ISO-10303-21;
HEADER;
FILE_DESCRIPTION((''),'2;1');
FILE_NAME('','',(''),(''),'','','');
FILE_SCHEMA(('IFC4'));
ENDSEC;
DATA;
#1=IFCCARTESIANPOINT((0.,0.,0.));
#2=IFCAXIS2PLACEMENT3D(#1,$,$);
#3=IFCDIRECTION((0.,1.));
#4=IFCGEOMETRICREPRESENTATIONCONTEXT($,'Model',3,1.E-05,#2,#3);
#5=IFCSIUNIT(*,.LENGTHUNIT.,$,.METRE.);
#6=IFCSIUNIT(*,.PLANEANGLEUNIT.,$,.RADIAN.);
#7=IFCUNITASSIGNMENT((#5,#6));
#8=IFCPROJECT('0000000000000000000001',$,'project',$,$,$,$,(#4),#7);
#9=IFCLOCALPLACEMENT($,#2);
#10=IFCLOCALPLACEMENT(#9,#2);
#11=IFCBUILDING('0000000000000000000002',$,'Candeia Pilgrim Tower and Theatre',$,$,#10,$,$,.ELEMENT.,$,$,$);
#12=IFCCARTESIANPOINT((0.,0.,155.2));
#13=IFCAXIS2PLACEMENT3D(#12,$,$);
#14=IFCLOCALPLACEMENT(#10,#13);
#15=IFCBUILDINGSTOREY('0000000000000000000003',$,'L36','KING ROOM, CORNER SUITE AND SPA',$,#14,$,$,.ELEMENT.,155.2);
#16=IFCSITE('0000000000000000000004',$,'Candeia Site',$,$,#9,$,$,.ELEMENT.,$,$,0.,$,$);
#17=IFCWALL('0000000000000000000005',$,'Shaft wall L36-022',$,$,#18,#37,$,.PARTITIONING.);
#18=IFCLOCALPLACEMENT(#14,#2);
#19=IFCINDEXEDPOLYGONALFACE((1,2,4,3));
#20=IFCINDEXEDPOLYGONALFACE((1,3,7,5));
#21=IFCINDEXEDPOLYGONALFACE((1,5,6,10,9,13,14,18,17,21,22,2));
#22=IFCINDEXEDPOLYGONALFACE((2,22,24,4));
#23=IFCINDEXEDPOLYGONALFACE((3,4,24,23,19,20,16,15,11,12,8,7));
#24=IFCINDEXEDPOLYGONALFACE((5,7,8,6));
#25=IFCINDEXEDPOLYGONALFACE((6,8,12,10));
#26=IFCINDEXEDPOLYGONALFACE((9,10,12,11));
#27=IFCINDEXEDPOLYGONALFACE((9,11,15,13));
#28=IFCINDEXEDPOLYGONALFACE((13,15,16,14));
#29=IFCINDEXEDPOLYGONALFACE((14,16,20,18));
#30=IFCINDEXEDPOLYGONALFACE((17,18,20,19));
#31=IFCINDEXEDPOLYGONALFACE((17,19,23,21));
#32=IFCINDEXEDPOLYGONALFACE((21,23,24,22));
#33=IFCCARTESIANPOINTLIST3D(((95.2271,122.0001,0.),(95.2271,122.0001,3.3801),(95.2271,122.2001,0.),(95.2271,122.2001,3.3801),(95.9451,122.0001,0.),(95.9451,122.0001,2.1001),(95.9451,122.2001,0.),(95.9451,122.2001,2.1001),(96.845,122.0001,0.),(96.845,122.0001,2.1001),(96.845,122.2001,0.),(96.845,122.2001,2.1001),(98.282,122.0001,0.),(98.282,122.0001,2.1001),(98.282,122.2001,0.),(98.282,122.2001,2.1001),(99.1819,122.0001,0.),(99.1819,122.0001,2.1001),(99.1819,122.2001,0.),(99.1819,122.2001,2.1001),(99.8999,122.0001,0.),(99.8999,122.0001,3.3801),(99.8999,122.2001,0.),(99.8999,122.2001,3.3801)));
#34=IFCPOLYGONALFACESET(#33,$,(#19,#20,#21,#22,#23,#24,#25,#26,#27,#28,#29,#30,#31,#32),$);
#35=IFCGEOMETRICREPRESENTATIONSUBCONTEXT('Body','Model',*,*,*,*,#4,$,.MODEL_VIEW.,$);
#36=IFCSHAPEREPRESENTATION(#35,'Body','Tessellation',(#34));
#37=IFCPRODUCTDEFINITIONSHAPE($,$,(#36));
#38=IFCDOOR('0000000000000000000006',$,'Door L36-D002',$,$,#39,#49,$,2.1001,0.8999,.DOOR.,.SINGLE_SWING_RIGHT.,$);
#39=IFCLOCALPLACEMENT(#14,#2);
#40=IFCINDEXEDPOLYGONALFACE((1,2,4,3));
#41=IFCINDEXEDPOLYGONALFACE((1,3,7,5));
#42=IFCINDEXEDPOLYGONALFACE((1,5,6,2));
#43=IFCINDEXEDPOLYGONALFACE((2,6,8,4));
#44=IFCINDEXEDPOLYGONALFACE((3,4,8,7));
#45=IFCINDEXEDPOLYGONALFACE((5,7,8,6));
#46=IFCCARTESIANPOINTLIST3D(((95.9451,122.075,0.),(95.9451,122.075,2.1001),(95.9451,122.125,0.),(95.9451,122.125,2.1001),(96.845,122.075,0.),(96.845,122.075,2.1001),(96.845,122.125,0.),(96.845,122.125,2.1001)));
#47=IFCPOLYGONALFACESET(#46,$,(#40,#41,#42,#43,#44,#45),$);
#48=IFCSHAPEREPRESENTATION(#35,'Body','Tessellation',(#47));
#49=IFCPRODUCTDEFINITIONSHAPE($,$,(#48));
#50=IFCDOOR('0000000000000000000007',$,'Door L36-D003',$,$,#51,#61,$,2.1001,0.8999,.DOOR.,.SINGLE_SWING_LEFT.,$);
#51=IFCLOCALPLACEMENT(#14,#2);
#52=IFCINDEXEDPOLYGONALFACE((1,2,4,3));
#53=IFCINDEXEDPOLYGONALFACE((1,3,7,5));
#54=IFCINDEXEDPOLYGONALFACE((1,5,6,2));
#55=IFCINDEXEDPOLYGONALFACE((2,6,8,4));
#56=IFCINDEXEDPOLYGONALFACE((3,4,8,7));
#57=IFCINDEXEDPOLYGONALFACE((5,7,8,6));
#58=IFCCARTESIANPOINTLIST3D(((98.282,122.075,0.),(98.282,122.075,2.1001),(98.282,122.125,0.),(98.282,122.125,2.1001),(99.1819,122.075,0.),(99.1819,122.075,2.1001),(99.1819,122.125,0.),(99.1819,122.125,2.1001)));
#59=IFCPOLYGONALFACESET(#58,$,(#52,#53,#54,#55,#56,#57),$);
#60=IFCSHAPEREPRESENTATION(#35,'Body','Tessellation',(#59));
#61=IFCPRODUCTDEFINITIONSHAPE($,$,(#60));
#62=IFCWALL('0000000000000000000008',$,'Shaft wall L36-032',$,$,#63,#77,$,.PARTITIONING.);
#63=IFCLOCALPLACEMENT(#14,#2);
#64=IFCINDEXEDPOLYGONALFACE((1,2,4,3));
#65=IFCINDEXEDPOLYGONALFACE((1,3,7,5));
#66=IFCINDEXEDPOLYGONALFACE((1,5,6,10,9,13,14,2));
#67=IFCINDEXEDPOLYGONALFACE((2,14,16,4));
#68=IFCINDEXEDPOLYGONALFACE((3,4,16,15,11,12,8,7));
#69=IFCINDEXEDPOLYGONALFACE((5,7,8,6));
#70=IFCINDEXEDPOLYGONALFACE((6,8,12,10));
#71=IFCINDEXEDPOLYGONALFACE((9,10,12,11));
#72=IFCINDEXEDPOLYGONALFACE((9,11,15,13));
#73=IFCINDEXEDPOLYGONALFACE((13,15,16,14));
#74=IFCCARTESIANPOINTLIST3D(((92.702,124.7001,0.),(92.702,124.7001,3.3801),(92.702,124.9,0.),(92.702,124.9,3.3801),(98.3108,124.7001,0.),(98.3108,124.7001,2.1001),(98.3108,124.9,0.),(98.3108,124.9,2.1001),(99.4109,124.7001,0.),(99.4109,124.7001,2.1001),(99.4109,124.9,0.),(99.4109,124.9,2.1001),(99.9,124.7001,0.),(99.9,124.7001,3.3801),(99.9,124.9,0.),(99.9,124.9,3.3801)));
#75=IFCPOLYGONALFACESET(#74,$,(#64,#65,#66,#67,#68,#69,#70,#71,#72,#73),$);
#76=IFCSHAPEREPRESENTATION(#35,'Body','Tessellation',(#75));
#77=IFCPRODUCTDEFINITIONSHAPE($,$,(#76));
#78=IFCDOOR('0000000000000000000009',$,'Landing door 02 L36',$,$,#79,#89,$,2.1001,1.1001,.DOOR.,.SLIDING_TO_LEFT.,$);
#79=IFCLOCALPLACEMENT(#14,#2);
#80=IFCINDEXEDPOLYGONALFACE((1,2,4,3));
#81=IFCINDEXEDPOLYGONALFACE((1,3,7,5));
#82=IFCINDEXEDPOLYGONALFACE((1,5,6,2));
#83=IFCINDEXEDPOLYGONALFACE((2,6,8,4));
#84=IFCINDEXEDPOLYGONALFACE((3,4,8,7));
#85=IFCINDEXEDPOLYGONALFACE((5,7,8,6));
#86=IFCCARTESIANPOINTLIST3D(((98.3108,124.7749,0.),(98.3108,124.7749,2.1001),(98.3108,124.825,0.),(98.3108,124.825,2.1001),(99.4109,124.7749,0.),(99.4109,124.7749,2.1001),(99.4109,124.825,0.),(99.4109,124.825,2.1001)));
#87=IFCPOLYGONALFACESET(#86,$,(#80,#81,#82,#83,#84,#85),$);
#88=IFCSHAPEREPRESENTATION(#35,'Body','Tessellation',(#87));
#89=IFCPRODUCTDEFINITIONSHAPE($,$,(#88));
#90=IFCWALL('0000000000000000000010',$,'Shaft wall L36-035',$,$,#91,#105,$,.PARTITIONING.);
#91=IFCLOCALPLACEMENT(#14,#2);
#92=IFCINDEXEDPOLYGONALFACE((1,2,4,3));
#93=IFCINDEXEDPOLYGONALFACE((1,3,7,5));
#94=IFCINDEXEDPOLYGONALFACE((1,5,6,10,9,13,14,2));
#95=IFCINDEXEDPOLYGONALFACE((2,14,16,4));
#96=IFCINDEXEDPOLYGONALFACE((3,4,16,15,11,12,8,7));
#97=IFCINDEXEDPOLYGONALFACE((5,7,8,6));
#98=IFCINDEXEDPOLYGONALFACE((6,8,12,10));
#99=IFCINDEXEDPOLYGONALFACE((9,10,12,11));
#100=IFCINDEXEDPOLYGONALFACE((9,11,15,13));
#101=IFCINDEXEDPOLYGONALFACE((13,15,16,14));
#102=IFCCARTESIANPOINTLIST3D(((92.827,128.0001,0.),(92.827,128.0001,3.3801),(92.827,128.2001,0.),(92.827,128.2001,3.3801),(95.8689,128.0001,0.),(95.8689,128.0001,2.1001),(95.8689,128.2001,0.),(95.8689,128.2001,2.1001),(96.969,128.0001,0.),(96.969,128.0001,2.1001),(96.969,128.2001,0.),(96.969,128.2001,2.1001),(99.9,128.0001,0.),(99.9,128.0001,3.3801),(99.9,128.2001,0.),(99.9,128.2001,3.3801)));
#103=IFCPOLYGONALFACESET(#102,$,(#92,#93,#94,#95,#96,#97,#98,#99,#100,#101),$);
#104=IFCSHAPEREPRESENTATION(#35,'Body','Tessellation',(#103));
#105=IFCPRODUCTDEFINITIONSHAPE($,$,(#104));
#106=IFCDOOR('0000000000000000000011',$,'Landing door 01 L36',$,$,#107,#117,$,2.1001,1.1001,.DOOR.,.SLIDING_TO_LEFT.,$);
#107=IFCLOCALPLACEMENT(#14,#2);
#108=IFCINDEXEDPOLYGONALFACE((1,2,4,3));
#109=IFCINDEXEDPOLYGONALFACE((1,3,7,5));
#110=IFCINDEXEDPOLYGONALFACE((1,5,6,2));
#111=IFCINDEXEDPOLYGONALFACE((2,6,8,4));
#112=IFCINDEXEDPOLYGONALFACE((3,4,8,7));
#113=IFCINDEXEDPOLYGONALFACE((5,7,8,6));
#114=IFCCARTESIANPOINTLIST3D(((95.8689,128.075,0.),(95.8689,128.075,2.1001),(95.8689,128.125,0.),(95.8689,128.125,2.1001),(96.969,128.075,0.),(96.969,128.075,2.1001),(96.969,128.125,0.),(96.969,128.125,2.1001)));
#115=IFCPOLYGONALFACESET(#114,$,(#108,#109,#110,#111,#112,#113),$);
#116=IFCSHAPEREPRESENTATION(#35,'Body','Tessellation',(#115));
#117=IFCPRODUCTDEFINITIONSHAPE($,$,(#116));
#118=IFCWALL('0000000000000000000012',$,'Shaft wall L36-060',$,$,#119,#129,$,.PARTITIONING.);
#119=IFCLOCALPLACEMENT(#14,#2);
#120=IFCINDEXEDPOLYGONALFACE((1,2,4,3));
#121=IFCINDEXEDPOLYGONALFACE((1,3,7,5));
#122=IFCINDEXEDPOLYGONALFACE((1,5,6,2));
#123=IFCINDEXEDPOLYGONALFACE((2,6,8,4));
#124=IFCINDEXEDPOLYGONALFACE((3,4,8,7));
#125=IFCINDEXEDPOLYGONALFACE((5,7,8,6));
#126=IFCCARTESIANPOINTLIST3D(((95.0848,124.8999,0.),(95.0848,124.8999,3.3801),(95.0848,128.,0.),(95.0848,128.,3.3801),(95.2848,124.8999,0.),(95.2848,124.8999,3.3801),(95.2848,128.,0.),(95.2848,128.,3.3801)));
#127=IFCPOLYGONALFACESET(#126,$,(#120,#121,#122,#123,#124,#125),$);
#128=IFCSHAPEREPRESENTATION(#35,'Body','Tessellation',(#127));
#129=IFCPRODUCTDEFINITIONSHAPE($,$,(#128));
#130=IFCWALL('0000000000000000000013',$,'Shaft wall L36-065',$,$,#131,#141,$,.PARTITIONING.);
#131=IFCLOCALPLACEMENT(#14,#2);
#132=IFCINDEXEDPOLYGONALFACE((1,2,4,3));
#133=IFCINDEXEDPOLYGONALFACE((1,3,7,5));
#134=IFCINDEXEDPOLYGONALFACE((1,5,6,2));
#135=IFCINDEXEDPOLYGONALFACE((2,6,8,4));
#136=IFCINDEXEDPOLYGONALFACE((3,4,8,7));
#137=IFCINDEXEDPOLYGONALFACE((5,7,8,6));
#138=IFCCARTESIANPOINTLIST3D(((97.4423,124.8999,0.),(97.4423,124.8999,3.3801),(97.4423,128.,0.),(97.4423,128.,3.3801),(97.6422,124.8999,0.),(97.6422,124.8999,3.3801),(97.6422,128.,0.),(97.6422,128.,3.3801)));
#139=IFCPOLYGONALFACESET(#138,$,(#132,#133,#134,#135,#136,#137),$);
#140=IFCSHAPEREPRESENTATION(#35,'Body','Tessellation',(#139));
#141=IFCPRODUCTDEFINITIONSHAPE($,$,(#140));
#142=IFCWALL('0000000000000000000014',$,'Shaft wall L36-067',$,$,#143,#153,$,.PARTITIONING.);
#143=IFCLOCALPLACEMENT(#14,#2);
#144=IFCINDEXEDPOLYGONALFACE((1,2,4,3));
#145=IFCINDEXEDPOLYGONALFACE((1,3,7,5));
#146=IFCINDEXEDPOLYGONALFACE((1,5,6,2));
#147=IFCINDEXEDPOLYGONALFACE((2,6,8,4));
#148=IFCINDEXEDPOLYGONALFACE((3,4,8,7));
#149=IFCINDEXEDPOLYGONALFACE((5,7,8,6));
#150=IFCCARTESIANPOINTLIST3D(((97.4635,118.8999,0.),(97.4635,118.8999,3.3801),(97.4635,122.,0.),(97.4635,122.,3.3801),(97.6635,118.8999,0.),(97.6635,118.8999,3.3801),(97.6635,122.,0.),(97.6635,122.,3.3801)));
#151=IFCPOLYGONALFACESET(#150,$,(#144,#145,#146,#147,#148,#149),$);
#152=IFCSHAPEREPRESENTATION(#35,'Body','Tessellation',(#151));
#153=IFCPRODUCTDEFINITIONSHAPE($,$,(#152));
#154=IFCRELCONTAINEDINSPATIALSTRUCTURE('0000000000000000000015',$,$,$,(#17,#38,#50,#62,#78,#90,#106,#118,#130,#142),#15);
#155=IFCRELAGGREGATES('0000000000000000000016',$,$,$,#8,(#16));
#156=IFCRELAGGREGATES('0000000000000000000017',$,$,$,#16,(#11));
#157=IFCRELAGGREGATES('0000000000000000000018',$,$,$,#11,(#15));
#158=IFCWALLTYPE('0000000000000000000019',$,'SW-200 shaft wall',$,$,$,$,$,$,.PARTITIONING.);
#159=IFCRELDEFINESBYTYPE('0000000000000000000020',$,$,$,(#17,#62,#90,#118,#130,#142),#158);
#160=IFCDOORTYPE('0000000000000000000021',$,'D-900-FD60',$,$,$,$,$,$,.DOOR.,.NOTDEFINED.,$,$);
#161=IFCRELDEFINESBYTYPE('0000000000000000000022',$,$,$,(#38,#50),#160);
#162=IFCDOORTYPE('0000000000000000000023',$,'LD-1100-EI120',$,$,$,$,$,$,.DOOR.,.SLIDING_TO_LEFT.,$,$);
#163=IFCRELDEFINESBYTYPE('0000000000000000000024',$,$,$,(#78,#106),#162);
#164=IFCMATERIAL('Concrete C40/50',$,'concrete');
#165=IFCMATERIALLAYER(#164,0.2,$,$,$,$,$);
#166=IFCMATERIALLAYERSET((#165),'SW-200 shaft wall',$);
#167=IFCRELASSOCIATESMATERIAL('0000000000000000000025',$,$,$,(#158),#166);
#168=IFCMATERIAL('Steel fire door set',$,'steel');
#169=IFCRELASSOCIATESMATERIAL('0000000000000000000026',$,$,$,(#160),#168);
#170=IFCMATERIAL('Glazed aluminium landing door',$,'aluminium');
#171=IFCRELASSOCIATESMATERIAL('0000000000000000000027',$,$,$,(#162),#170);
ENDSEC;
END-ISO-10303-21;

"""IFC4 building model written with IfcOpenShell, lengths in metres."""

from ifc_helpers import new_model, si_unit, direction, frame, frame_2d, origin, place, context, subcontext, project, spatial, rectangle, extrude, material, layer, layer_set, type_object, element, fill, save


model = new_model("IFC4")

# Units and contexts
model_context = context("Model", 3, precision=1e-05, world=origin(), true_north=direction((0.0, 1.0)))
body_context = subcontext(model_context, "Body", "Model", "MODEL_VIEW")
ifc_project = project(units=[si_unit("LENGTHUNIT", "METRE"), si_unit("PLANEANGLEUNIT", "RADIAN")], contexts=[model_context])

# Site, building, storey
site_placement = place(None, origin())
site = spatial("IfcSite", under=ifc_project, at=site_placement, Name="Candeia Site", CompositionType="ELEMENT", RefElevation=0.0)
building_placement = place(site_placement, origin())
building = spatial("IfcBuilding", under=site, at=building_placement, Name="Candeia Pilgrim Tower and Theatre", CompositionType="ELEMENT")
storey_placement = place(building_placement, frame((0.0, 0.0, 155.2)))
storey = spatial("IfcBuildingStorey", under=building, at=storey_placement, Name="L36", Description="KING ROOM, CORNER SUITE AND SPA", CompositionType="ELEMENT", Elevation=155.2)

# Shared definitions
ifc_material_1 = material(Name="Steel fire door set", Category="steel")

# Shared definitions
ifc_material_2 = material(Name="Concrete C40/50", Category="concrete")
ifc_layer_1 = layer(ifc_material_2, 0.2)
ifc_layer_set_1 = layer_set([ifc_layer_1], Name="SW-200 shaft wall")
wall_type_1 = type_object("IfcWallType", Name="SW-200 shaft wall", PredefinedType="PARTITIONING", material=ifc_layer_set_1)

# Wall, openings, doors
wall_1_placement = place(storey_placement, frame((95.2271, 122.1001, 0.0), z_axis=(0.0, 0.0, 1.0), x_axis=(1.0, 0.0, 0.0)))
wall_1 = element("IfcWall", 1, at=wall_1_placement, inside=storey, type_object=wall_type_1, Name="Shaft wall L36-022", PredefinedType="PARTITIONING", context=body_context, shape_type="SweptSolid", body=[
    extrude(rectangle(XDim=4.6729, YDim=0.2, at=frame_2d((2.3364, 0.0))), origin(), (0.0, 0.0, 1.0), 3.3801),
])
opening_1_placement = place(wall_1_placement, frame((0.718, 0.0, 0.0)))
opening_1 = element("IfcOpeningElement", 2, at=opening_1_placement, cuts=wall_1, PredefinedType="OPENING", context=body_context, shape_type="SweptSolid", body=[
    extrude(rectangle(XDim=0.8999, YDim=2.1001, at=frame_2d((0.45, 1.05))), frame((0.0, 0.1099, 0.0), z_axis=(0.0, -1.0, 0.0), x_axis=(1.0, 0.0, 0.0)), (0.0, 0.0, 1.0), 0.22),
])
opening_2_placement = place(wall_1_placement, frame((3.0549, 0.0, 0.0)))
opening_2 = element("IfcOpeningElement", 3, at=opening_2_placement, cuts=wall_1, PredefinedType="OPENING", context=body_context, shape_type="SweptSolid", body=[
    extrude(rectangle(XDim=0.8999, YDim=2.1001, at=frame_2d((0.45, 1.05))), frame((0.0, 0.1099, 0.0), z_axis=(0.0, -1.0, 0.0), x_axis=(1.0, 0.0, 0.0)), (0.0, 0.0, 1.0), 0.22),
])
door_type_1 = type_object("IfcDoorType", Name="D-900-FD60", OperationType="NOTDEFINED", PredefinedType="DOOR", material=ifc_material_1)
door_1_placement = place(opening_1_placement, origin())
door_1 = element("IfcDoor", 4, at=door_1_placement, inside=storey, type_object=door_type_1, Name="Door L36-D002", OperationType="SINGLE_SWING_RIGHT", OverallHeight=2.1001, OverallWidth=0.8999, PredefinedType="DOOR", context=body_context, shape_type="SweptSolid", body=[
    extrude(rectangle(XDim=0.8999, YDim=2.1001, at=frame_2d((0.45, 1.05))), frame((0.0, 0.0249, 0.0), z_axis=(0.0, -1.0, 0.0), x_axis=(1.0, 0.0, 0.0)), (0.0, 0.0, 1.0), 0.05),
])
fill(opening_1, door_1)
door_2_placement = place(opening_2_placement, origin())
door_2 = element("IfcDoor", 5, at=door_2_placement, inside=storey, type_object=door_type_1, Name="Door L36-D003", OperationType="SINGLE_SWING_LEFT", OverallHeight=2.1001, OverallWidth=0.8999, PredefinedType="DOOR", context=body_context, shape_type="SweptSolid", body=[
    extrude(rectangle(XDim=0.8999, YDim=2.1001, at=frame_2d((0.45, 1.05))), frame((0.0, 0.0249, 0.0), z_axis=(0.0, -1.0, 0.0), x_axis=(1.0, 0.0, 0.0)), (0.0, 0.0, 1.0), 0.05),
])
fill(opening_2, door_2)

# Walls, openings, doors
wall_2_placement = place(storey_placement, frame((92.7019, 124.8, 0.0), z_axis=(0.0, 0.0, 1.0), x_axis=(1.0, 0.0, 0.0)))
wall_2 = element("IfcWall", 6, at=wall_2_placement, inside=storey, type_object=wall_type_1, Name="Shaft wall L36-032", PredefinedType="PARTITIONING", context=body_context, shape_type="SweptSolid", body=[
    extrude(rectangle(XDim=7.198, YDim=0.2, at=frame_2d((3.5991, 0.0))), origin(), (0.0, 0.0, 1.0), 3.3801),
])
opening_3_placement = place(wall_2_placement, frame((5.6089, 0.0, 0.0)))
opening_3 = element("IfcOpeningElement", 7, at=opening_3_placement, cuts=wall_2, PredefinedType="OPENING", context=body_context, shape_type="SweptSolid", body=[
    extrude(rectangle(XDim=1.1001, YDim=2.1001, at=frame_2d((0.55, 1.05))), frame((0.0, 0.1099, 0.0), z_axis=(0.0, -1.0, 0.0), x_axis=(1.0, 0.0, 0.0)), (0.0, 0.0, 1.0), 0.22),
])
ifc_material_3 = material(Name="Glazed aluminium landing door", Category="aluminium")
door_type_2 = type_object("IfcDoorType", Name="LD-1100-EI120", OperationType="SLIDING_TO_LEFT", PredefinedType="DOOR", material=ifc_material_3)
door_3_placement = place(opening_3_placement, origin())
door_3 = element("IfcDoor", 8, at=door_3_placement, inside=storey, type_object=door_type_2, Name="Landing door 02 L36", OperationType="SLIDING_TO_LEFT", OverallHeight=2.1001, OverallWidth=1.1001, PredefinedType="DOOR", context=body_context, shape_type="SweptSolid", body=[
    extrude(rectangle(XDim=1.1001, YDim=2.1001, at=frame_2d((0.55, 1.05))), frame((0.0, 0.0249, 0.0), z_axis=(0.0, -1.0, 0.0), x_axis=(1.0, 0.0, 0.0)), (0.0, 0.0, 1.0), 0.05),
])
fill(opening_3, door_3)
wall_3_placement = place(storey_placement, frame((92.8269, 128.1001, 0.0), z_axis=(0.0, 0.0, 1.0), x_axis=(1.0, 0.0, 0.0)))
wall_3 = element("IfcWall", 9, at=wall_3_placement, inside=storey, type_object=wall_type_1, Name="Shaft wall L36-035", PredefinedType="PARTITIONING", context=body_context, shape_type="SweptSolid", body=[
    extrude(rectangle(XDim=7.073, YDim=0.2, at=frame_2d((3.5366, 0.0))), origin(), (0.0, 0.0, 1.0), 3.3801),
])
opening_4_placement = place(wall_3_placement, frame((3.042, 0.0, 0.0)))
opening_4 = element("IfcOpeningElement", 10, at=opening_4_placement, cuts=wall_3, PredefinedType="OPENING", context=body_context, shape_type="SweptSolid", body=[
    extrude(rectangle(XDim=1.1001, YDim=2.1001, at=frame_2d((0.55, 1.05))), frame((0.0, 0.1099, 0.0), z_axis=(0.0, -1.0, 0.0), x_axis=(1.0, 0.0, 0.0)), (0.0, 0.0, 1.0), 0.22),
])
door_4_placement = place(opening_4_placement, origin())
door_4 = element("IfcDoor", 11, at=door_4_placement, inside=storey, type_object=door_type_2, Name="Landing door 01 L36", OperationType="SLIDING_TO_LEFT", OverallHeight=2.1001, OverallWidth=1.1001, PredefinedType="DOOR", context=body_context, shape_type="SweptSolid", body=[
    extrude(rectangle(XDim=1.1001, YDim=2.1001, at=frame_2d((0.55, 1.05))), frame((0.0, 0.0249, 0.0), z_axis=(0.0, -1.0, 0.0), x_axis=(1.0, 0.0, 0.0)), (0.0, 0.0, 1.0), 0.05),
])
fill(opening_4, door_4)

# Walls
for number, where, z_axis, x_axis, name in (
    (12, (95.1848, 124.8999, 0.0), (0.0, 0.0, 1.0), (0.0, 1.0, 0.0), "Shaft wall L36-060"),
    (13, (97.5422, 124.8999, 0.0), (0.0, 0.0, 1.0), (0.0, 1.0, 0.0), "Shaft wall L36-065"),
    (14, (97.5635, 118.8999, 0.0), (0.0, 0.0, 1.0), (0.0, 1.0, 0.0), "Shaft wall L36-067"),
):
    element("IfcWall", number, at=place(storey_placement, frame(where, z_axis=z_axis, x_axis=x_axis)), inside=storey, type_object=wall_type_1, Name=name, PredefinedType="PARTITIONING", context=body_context, shape_type="SweptSolid", body=[
        extrude(rectangle(XDim=3.1001, YDim=0.2, at=frame_2d((1.55, 0.0))), origin(), (0.0, 0.0, 1.0), 3.3801),
    ])

save(model, "model.ifc")
